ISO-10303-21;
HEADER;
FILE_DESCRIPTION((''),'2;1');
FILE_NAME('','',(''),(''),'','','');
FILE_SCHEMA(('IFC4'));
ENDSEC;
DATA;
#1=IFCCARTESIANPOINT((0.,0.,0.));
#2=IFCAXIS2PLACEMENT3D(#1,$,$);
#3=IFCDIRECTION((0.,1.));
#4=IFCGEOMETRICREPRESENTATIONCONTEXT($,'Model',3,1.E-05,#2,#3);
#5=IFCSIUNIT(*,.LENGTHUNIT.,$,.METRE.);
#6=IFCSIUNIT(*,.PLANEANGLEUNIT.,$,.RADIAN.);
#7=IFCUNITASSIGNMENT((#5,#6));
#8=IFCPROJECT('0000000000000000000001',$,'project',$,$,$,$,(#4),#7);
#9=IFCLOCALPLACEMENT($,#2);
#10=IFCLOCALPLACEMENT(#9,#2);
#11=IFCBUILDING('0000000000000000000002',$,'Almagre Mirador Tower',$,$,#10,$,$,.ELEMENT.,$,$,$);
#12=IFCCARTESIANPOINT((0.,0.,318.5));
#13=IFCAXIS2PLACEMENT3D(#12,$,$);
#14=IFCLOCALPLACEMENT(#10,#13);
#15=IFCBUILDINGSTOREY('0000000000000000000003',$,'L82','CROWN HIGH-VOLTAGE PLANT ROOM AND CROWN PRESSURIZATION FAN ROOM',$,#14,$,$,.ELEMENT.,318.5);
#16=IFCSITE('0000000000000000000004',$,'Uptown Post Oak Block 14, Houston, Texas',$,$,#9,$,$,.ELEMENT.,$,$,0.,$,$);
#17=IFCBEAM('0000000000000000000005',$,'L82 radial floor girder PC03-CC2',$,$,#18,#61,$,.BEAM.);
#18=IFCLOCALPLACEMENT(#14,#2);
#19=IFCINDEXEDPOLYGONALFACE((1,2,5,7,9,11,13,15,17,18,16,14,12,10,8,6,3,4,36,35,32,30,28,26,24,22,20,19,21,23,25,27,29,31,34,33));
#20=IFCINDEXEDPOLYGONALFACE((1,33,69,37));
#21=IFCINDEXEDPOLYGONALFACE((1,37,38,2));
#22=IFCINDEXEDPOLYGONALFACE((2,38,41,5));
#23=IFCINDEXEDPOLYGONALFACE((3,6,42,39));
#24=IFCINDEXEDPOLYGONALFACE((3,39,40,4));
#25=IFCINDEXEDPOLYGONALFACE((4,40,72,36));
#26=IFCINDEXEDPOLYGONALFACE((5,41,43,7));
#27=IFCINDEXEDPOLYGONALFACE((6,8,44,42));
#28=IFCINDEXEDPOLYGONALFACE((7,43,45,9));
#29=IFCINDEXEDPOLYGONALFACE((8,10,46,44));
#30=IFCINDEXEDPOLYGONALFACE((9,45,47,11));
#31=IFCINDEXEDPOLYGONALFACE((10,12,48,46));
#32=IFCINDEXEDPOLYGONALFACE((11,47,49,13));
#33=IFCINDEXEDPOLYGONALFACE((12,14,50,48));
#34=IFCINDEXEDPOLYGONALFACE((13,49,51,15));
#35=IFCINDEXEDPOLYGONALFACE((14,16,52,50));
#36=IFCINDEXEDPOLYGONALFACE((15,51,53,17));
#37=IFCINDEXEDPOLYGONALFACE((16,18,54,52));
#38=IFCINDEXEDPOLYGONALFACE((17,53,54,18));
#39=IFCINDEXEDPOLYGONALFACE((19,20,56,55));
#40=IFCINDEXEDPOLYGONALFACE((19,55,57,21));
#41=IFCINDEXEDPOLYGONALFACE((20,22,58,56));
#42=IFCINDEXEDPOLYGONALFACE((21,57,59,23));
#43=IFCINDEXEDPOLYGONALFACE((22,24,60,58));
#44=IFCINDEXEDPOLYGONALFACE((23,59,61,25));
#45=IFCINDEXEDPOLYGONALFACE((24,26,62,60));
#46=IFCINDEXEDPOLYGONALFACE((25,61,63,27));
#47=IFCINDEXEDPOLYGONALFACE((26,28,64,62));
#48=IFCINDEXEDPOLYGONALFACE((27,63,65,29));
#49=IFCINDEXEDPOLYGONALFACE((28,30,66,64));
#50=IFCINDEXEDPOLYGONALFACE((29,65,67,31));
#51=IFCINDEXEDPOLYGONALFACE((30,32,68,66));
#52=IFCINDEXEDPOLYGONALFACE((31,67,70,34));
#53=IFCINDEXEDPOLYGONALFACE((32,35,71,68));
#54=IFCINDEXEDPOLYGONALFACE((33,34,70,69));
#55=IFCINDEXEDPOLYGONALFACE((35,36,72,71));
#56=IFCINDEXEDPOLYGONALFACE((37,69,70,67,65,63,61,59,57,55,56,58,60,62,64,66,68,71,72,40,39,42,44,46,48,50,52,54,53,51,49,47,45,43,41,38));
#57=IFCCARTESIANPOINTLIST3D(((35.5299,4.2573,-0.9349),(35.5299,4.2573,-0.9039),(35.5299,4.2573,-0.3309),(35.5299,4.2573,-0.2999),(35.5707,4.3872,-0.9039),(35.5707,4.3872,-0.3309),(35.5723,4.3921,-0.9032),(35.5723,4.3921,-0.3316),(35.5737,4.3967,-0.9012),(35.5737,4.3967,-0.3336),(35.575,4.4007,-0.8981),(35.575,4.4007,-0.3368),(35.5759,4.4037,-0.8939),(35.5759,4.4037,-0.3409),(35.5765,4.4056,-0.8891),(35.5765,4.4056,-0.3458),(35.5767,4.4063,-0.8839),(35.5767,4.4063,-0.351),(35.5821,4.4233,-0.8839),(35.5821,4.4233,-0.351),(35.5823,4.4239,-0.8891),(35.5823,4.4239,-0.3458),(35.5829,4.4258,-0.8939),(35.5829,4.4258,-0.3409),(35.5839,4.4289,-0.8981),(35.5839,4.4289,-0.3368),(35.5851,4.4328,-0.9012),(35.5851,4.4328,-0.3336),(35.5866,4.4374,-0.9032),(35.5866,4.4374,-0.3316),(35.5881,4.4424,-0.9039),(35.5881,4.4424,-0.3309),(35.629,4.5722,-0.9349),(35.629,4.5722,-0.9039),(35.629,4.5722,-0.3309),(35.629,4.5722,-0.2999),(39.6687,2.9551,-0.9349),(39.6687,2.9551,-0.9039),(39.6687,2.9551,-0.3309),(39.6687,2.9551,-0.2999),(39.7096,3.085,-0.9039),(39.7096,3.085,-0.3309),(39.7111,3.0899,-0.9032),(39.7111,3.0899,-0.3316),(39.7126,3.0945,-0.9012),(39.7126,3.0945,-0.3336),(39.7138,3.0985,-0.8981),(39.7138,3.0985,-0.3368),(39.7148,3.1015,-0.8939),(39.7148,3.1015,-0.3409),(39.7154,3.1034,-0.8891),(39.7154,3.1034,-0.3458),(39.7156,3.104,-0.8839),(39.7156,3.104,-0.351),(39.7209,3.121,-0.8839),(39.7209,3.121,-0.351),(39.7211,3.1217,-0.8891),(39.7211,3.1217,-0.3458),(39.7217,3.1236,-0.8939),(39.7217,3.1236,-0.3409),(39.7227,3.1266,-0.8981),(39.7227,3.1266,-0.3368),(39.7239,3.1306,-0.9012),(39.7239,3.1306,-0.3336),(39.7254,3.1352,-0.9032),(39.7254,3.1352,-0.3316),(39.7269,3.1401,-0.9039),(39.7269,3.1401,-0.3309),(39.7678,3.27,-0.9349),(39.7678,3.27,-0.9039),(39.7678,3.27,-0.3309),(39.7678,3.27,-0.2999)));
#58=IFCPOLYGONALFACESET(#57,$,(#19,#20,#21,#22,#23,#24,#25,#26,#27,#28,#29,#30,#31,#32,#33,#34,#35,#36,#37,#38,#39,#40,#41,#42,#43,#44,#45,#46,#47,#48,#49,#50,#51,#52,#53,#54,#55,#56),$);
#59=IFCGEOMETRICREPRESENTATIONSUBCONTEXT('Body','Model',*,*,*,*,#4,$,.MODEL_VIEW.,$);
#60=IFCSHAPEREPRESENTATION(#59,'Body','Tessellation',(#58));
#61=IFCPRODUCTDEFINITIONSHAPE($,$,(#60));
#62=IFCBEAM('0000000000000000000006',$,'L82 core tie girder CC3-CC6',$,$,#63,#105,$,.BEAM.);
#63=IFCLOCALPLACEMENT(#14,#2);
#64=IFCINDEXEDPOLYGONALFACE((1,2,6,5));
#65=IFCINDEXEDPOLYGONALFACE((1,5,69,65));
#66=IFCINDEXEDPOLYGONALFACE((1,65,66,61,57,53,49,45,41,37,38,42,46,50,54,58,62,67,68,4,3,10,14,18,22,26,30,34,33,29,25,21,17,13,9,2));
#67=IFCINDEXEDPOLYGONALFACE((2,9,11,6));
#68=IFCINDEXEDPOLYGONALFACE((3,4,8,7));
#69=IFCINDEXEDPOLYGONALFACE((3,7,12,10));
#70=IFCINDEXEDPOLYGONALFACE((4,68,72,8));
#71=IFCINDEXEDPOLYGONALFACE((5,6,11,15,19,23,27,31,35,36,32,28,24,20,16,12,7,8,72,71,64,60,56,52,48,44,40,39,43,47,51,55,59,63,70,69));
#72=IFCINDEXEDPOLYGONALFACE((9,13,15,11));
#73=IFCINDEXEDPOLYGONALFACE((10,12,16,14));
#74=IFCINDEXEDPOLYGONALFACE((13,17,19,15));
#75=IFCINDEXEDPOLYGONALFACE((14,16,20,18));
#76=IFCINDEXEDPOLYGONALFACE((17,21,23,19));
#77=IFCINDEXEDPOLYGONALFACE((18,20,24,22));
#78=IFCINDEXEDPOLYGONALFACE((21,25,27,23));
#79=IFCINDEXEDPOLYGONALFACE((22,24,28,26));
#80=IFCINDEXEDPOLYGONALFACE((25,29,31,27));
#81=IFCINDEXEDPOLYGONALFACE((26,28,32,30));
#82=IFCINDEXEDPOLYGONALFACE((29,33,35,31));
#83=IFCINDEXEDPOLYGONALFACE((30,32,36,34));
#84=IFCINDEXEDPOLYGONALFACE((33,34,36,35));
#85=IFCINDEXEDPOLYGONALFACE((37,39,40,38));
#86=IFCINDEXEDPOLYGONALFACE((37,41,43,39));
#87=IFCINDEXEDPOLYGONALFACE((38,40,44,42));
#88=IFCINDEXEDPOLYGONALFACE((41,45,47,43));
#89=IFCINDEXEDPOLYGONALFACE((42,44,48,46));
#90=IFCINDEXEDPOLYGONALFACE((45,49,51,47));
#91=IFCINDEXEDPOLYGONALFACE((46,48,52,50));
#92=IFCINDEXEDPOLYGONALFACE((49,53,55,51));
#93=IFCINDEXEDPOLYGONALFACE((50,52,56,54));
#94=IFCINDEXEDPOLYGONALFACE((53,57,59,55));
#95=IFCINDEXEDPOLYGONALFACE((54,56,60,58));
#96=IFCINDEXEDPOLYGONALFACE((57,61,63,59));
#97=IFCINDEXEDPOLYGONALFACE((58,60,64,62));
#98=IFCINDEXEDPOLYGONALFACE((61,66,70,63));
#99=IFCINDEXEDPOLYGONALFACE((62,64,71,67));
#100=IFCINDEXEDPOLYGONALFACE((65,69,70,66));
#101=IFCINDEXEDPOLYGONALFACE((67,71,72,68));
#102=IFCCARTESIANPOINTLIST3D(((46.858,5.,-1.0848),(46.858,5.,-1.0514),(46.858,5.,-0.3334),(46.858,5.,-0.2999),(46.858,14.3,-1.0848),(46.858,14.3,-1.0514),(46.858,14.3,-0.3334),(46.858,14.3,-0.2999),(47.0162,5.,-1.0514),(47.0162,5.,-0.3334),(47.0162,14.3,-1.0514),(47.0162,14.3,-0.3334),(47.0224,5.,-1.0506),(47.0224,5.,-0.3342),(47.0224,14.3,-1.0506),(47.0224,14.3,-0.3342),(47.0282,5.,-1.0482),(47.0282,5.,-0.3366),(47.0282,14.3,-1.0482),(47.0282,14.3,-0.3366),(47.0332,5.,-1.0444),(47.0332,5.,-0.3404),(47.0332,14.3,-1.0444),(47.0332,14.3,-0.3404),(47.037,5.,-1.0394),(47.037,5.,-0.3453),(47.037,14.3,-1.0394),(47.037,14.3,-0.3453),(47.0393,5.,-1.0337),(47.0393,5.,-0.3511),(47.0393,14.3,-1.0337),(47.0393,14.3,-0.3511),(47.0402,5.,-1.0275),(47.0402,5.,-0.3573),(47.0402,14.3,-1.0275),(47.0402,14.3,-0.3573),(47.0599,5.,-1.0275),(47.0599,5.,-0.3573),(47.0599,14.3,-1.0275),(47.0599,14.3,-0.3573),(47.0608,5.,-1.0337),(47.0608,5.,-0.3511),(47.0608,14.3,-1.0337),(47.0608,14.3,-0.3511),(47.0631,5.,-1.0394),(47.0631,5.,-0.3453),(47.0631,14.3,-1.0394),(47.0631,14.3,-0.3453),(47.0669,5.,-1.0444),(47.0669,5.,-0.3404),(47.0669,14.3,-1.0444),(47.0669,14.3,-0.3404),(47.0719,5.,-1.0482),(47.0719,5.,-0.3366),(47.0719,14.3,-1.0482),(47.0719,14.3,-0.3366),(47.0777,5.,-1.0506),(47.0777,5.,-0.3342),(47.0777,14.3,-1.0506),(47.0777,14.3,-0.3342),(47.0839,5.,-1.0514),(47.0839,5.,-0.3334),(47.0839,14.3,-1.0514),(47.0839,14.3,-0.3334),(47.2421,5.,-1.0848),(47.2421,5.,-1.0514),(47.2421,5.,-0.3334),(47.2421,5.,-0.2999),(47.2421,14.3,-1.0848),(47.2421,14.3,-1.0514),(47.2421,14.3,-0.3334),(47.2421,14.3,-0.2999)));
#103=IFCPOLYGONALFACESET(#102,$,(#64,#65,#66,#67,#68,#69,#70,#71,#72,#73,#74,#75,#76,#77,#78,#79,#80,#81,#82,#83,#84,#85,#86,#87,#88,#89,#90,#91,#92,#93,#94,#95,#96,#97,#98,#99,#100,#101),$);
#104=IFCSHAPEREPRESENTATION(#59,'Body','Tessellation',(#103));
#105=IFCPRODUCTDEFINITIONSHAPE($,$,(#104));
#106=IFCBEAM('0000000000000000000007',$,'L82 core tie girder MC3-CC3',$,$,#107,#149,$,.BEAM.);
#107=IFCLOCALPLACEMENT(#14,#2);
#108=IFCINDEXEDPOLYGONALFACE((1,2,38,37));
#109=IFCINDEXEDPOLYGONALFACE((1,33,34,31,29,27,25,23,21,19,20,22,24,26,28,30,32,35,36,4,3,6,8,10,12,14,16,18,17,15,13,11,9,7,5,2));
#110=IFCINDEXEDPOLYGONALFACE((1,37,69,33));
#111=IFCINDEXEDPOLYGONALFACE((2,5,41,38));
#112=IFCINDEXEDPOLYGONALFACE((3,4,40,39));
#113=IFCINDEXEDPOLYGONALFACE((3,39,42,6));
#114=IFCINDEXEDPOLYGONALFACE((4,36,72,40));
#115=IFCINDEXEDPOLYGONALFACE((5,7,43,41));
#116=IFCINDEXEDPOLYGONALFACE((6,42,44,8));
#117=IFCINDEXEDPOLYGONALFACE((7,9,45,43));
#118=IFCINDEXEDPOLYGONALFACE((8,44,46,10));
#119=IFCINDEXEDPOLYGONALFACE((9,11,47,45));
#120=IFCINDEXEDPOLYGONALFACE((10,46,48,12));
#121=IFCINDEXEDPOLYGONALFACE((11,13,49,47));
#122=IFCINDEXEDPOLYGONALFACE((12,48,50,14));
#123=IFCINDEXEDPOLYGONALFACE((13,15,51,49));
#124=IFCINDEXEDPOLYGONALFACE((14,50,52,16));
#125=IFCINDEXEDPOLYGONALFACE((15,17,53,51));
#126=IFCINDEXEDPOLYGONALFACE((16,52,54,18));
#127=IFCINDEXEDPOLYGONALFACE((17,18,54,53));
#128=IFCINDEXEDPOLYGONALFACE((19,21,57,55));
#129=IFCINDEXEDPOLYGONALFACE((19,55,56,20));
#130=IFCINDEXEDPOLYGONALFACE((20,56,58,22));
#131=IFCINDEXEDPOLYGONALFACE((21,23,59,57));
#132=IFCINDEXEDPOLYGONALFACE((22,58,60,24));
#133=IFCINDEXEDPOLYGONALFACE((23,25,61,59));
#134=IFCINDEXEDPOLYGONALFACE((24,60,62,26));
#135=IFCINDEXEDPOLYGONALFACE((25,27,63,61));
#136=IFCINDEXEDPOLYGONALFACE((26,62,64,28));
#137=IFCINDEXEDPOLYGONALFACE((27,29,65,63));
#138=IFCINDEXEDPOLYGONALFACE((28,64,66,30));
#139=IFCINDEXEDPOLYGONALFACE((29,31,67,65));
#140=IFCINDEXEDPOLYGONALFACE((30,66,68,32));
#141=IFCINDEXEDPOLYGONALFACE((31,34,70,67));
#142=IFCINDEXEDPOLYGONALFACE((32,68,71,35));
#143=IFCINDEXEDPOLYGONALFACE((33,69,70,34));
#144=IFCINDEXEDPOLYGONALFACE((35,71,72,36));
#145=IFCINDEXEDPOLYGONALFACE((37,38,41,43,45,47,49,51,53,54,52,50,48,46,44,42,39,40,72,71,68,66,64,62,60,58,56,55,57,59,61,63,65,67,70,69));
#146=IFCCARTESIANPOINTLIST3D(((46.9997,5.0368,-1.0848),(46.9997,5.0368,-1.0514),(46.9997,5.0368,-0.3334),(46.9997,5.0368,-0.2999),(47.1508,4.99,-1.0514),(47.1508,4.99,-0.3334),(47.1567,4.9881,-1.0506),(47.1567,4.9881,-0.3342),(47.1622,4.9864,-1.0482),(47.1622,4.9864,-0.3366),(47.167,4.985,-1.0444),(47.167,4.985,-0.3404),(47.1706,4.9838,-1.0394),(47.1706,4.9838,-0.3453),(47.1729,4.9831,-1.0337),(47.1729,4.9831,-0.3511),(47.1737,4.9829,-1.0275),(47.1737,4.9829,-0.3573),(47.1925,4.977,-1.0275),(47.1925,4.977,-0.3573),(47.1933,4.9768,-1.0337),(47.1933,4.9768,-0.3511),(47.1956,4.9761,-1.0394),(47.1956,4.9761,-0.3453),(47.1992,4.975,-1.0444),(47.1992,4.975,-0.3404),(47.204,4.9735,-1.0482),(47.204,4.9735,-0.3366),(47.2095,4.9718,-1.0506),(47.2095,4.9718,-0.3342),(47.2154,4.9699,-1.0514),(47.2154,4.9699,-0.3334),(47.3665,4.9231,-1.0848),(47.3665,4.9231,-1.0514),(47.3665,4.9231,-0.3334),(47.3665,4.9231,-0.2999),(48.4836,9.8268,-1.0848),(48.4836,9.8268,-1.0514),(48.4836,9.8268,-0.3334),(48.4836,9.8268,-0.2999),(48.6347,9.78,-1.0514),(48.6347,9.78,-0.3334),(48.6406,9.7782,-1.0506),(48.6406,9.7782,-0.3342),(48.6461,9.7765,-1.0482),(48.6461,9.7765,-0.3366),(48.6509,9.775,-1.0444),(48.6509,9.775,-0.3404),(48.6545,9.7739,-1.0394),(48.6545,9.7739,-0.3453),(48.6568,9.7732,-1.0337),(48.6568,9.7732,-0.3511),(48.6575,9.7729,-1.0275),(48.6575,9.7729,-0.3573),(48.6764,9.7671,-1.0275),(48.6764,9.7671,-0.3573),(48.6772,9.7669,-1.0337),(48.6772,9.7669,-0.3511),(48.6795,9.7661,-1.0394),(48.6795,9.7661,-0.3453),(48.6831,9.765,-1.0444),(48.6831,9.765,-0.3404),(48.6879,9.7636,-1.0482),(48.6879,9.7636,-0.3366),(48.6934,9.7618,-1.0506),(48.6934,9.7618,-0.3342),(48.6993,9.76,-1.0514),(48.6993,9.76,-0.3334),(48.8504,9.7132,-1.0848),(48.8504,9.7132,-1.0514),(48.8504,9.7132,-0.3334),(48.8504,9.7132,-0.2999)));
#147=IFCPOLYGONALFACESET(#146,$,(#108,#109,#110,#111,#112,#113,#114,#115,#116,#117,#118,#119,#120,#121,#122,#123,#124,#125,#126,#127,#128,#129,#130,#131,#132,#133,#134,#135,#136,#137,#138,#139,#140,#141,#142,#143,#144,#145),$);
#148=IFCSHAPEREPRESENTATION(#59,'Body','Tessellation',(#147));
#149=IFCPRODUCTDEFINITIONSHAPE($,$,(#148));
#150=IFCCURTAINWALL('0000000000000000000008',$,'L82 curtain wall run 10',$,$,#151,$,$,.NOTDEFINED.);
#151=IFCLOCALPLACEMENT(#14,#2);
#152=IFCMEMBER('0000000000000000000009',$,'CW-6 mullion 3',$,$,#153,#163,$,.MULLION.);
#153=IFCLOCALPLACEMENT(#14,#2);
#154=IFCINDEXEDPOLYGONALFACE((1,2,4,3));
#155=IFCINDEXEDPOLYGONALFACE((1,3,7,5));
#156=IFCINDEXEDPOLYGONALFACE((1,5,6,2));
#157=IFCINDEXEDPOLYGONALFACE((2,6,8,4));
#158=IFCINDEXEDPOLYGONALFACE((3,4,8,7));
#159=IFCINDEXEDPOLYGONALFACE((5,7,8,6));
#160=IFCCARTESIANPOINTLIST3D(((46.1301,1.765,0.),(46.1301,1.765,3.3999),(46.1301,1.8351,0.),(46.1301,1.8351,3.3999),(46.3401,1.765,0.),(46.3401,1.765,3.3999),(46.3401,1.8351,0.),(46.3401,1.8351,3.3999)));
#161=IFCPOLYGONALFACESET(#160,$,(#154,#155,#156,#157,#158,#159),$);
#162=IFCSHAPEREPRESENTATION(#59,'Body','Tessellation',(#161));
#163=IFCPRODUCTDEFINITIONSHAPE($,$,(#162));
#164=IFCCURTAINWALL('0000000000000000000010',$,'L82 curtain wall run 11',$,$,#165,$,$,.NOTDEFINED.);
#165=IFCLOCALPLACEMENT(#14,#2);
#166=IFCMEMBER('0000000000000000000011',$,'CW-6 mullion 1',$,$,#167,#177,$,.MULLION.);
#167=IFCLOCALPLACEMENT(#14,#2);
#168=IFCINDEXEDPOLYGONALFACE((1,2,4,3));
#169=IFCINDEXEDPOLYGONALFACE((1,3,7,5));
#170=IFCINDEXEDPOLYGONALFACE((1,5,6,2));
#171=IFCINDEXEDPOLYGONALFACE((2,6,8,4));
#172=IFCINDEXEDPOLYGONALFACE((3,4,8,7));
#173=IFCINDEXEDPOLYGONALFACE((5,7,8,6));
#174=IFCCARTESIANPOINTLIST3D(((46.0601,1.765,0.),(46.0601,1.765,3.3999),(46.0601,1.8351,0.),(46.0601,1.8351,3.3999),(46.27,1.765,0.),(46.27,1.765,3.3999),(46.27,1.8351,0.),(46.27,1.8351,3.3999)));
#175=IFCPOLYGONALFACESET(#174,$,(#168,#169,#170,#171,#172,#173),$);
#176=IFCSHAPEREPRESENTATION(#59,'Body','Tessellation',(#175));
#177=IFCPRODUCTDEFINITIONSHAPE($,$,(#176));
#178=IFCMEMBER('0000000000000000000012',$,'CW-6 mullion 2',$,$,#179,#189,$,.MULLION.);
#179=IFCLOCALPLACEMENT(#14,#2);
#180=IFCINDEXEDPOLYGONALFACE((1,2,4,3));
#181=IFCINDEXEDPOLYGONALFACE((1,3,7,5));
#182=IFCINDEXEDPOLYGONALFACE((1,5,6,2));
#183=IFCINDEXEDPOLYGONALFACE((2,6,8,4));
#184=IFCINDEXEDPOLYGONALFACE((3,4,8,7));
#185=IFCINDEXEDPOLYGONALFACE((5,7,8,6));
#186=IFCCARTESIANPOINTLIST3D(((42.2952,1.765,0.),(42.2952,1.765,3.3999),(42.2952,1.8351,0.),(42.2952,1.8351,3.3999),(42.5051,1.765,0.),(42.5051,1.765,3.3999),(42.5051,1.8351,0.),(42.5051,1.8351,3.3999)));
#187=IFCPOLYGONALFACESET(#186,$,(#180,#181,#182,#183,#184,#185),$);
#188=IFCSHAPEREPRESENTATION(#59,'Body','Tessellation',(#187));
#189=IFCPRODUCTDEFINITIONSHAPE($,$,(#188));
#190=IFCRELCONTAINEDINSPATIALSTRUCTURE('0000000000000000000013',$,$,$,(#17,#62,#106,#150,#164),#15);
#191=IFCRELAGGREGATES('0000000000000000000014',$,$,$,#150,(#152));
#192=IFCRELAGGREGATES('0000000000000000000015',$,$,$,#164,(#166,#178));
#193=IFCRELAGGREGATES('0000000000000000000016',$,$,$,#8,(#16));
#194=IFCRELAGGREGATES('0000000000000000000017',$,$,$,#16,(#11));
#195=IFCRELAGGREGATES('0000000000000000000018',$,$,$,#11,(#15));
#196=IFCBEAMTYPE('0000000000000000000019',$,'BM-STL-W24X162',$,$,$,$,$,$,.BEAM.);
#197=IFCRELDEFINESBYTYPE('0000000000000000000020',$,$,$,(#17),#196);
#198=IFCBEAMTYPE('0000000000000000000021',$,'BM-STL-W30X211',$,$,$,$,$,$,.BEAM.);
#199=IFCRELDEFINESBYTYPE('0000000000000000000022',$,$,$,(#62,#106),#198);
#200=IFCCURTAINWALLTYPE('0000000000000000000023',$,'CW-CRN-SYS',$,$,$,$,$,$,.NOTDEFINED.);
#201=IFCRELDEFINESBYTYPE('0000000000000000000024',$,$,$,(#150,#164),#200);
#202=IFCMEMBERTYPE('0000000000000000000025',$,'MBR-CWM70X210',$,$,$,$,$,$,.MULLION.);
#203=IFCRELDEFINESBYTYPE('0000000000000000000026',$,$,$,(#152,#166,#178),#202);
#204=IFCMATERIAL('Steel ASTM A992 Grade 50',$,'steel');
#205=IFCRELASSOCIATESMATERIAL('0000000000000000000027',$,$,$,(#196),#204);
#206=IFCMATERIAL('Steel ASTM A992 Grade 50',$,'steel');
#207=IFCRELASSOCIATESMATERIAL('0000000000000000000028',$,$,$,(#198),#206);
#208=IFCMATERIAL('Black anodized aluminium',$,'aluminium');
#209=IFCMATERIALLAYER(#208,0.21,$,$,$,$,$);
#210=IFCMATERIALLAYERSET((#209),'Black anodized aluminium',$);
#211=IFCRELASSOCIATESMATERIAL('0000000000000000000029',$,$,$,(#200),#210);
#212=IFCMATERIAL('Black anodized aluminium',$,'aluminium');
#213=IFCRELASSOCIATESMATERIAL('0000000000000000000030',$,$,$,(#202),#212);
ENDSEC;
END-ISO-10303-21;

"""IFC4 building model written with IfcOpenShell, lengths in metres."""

from ifc_helpers import new_model, si_unit, direction, frame, origin, origin_2d, place, context, subcontext, project, spatial, rectangle, i_section, extrude, material, layer, layer_set, material_profile, profile_set, type_object, element, aggregate, save


model = new_model("IFC4")

# Units and contexts
model_context = context("Model", 3, precision=1e-05, world=origin(), true_north=direction((0.0, 1.0)))
body_context = subcontext(model_context, "Body", "Model", "MODEL_VIEW")
ifc_project = project(units=[si_unit("LENGTHUNIT", "METRE"), si_unit("PLANEANGLEUNIT", "RADIAN")], contexts=[model_context])

# Site, building, storey
site_placement = place(None, origin())
site = spatial("IfcSite", under=ifc_project, at=site_placement, Name="Uptown Post Oak Block 14, Houston, Texas", CompositionType="ELEMENT", RefElevation=0.0)
building_placement = place(site_placement, origin())
building = spatial("IfcBuilding", under=site, at=building_placement, Name="Almagre Mirador Tower", CompositionType="ELEMENT")
storey_placement = place(building_placement, frame((0.0, 0.0, 318.5)))
storey = spatial("IfcBuildingStorey", under=building, at=storey_placement, Name="L82", Description="CROWN HIGH-VOLTAGE PLANT ROOM AND CROWN PRESSURIZATION FAN ROOM", CompositionType="ELEMENT", Elevation=318.5)

# Beams
ifc_material_1 = material(Name="Steel ASTM A992 Grade 50", Category="steel")
ifc_material_profile_1 = material_profile(ifc_material_1, i_section(OverallWidth=0.3301, OverallDepth=0.635, WebThickness=0.0178, FlangeThickness=0.031, FilletRadius=0.02, at=origin_2d()), Name="W24X162")
ifc_profile_set_1 = profile_set([ifc_material_profile_1], Name="Steel ASTM A992 Grade 50")
beam_type_1 = type_object("IfcBeamType", Name="BM-STL-W24X162", PredefinedType="BEAM", material=ifc_profile_set_1)
beam_1_placement = place(storey_placement, frame((39.7183, 3.1125, -0.6174), z_axis=(-0.953898, 0.300129, 0.0), x_axis=(-0.300129, -0.953898, 0.0)))
element("IfcBeam", 1, at=beam_1_placement, inside=storey, type_object=beam_type_1, Name="L82 radial floor girder PC03-CC2", PredefinedType="BEAM", context=body_context, shape_type="SweptSolid", body=[
    extrude(i_section(OverallWidth=0.3301, OverallDepth=0.635, WebThickness=0.0178, FlangeThickness=0.031, FilletRadius=0.02, at=origin_2d()), origin(), (0.0, 0.0, 1.0), 4.3389),
])
ifc_material_2 = material(Name="Steel ASTM A992 Grade 50", Category="steel")
ifc_material_profile_2 = material_profile(ifc_material_2, i_section(OverallWidth=0.384, OverallDepth=0.7849, WebThickness=0.0198, FlangeThickness=0.0334, FilletRadius=0.0239, at=origin_2d()), Name="W30X211")
ifc_profile_set_2 = profile_set([ifc_material_profile_2], Name="Steel ASTM A992 Grade 50")
beam_type_2 = type_object("IfcBeamType", Name="BM-STL-W30X211", PredefinedType="BEAM", material=ifc_profile_set_2)
beam_2_placement = place(storey_placement, frame((47.05, 5.0, -0.6924), z_axis=(0.0, 1.0, 0.0), x_axis=(-1.0, 0.0, 0.0)))
element("IfcBeam", 2, at=beam_2_placement, inside=storey, type_object=beam_type_2, Name="L82 core tie girder CC3-CC6", PredefinedType="BEAM", context=body_context, shape_type="SweptSolid", body=[
    extrude(i_section(OverallWidth=0.384, OverallDepth=0.7849, WebThickness=0.0198, FlangeThickness=0.0334, FilletRadius=0.0239, at=origin_2d()), origin(), (0.0, 0.0, 1.0), 9.3),
])
beam_3_placement = place(storey_placement, frame((48.667, 9.77, -0.6924), z_axis=(-0.295912, -0.955215, 0.0), x_axis=(0.955215, -0.295912, 0.0)))
element("IfcBeam", 3, at=beam_3_placement, inside=storey, type_object=beam_type_2, Name="L82 core tie girder MC3-CC3", PredefinedType="BEAM", context=body_context, shape_type="SweptSolid", body=[
    extrude(i_section(OverallWidth=0.384, OverallDepth=0.7849, WebThickness=0.0198, FlangeThickness=0.0334, FilletRadius=0.0239, at=origin_2d()), origin(), (0.0, 0.0, 1.0), 5.0146),
])

# Curtain wall, member
ifc_material_3 = material(Name="Black anodized aluminium", Category="aluminium")
ifc_layer_1 = layer(ifc_material_3, 0.21)
ifc_layer_set_1 = layer_set([ifc_layer_1], Name="Black anodized aluminium")
curtain_wall_type = type_object("IfcCurtainWallType", Name="CW-CRN-SYS", PredefinedType="NOTDEFINED", material=ifc_layer_set_1)
curtain_wall_1_placement = place(storey_placement, origin())
curtain_wall_1 = element("IfcCurtainWall", 4, at=curtain_wall_1_placement, inside=storey, type_object=curtain_wall_type, Name="L82 curtain wall run 10", PredefinedType="NOTDEFINED")
ifc_material_4 = material(Name="Black anodized aluminium", Category="aluminium")
ifc_material_profile_3 = material_profile(ifc_material_4, rectangle(XDim=0.0701, YDim=0.21, at=origin_2d()), Name="CWM70X210")
ifc_profile_set_3 = profile_set([ifc_material_profile_3], Name="Black anodized aluminium")
member_type_1 = type_object("IfcMemberType", Name="MBR-CWM70X210", PredefinedType="MULLION", material=ifc_profile_set_3)
member_1_placement = place(storey_placement, frame((46.2351, 1.8, 0.0), z_axis=(0.0, 0.0, 1.0), x_axis=(0.0, -1.0, 0.0)))
member_1 = element("IfcMember", 5, at=member_1_placement, type_object=member_type_1, Name="CW-6 mullion 3", PredefinedType="MULLION", context=body_context, shape_type="SweptSolid", body=[
    extrude(rectangle(XDim=0.0701, YDim=0.21, at=origin_2d()), origin(), (0.0, 0.0, 1.0), 3.3999),
])

# Curtain wall, members
curtain_wall_2_placement = place(storey_placement, origin())
curtain_wall_2 = element("IfcCurtainWall", 6, at=curtain_wall_2_placement, inside=storey, type_object=curtain_wall_type, Name="L82 curtain wall run 11", PredefinedType="NOTDEFINED")
member_2_placement = place(storey_placement, frame((46.165, 1.8, 0.0), z_axis=(0.0, 0.0, 1.0), x_axis=(0.0, -1.0, 0.0)))
member_2 = element("IfcMember", 7, at=member_2_placement, type_object=member_type_1, Name="CW-6 mullion 1", PredefinedType="MULLION", context=body_context, shape_type="SweptSolid", body=[
    extrude(rectangle(XDim=0.0701, YDim=0.21, at=origin_2d()), origin(), (0.0, 0.0, 1.0), 3.3999),
])
member_3_placement = place(storey_placement, frame((42.4001, 1.8, 0.0), z_axis=(0.0, 0.0, 1.0), x_axis=(0.0, -1.0, 0.0)))
member_3 = element("IfcMember", 8, at=member_3_placement, type_object=member_type_1, Name="CW-6 mullion 2", PredefinedType="MULLION", context=body_context, shape_type="SweptSolid", body=[
    extrude(rectangle(XDim=0.0701, YDim=0.21, at=origin_2d()), origin(), (0.0, 0.0, 1.0), 3.3999),
])

aggregate(curtain_wall_1, [member_1])
aggregate(curtain_wall_2, [member_2, member_3])

save(model, "model.ifc")
